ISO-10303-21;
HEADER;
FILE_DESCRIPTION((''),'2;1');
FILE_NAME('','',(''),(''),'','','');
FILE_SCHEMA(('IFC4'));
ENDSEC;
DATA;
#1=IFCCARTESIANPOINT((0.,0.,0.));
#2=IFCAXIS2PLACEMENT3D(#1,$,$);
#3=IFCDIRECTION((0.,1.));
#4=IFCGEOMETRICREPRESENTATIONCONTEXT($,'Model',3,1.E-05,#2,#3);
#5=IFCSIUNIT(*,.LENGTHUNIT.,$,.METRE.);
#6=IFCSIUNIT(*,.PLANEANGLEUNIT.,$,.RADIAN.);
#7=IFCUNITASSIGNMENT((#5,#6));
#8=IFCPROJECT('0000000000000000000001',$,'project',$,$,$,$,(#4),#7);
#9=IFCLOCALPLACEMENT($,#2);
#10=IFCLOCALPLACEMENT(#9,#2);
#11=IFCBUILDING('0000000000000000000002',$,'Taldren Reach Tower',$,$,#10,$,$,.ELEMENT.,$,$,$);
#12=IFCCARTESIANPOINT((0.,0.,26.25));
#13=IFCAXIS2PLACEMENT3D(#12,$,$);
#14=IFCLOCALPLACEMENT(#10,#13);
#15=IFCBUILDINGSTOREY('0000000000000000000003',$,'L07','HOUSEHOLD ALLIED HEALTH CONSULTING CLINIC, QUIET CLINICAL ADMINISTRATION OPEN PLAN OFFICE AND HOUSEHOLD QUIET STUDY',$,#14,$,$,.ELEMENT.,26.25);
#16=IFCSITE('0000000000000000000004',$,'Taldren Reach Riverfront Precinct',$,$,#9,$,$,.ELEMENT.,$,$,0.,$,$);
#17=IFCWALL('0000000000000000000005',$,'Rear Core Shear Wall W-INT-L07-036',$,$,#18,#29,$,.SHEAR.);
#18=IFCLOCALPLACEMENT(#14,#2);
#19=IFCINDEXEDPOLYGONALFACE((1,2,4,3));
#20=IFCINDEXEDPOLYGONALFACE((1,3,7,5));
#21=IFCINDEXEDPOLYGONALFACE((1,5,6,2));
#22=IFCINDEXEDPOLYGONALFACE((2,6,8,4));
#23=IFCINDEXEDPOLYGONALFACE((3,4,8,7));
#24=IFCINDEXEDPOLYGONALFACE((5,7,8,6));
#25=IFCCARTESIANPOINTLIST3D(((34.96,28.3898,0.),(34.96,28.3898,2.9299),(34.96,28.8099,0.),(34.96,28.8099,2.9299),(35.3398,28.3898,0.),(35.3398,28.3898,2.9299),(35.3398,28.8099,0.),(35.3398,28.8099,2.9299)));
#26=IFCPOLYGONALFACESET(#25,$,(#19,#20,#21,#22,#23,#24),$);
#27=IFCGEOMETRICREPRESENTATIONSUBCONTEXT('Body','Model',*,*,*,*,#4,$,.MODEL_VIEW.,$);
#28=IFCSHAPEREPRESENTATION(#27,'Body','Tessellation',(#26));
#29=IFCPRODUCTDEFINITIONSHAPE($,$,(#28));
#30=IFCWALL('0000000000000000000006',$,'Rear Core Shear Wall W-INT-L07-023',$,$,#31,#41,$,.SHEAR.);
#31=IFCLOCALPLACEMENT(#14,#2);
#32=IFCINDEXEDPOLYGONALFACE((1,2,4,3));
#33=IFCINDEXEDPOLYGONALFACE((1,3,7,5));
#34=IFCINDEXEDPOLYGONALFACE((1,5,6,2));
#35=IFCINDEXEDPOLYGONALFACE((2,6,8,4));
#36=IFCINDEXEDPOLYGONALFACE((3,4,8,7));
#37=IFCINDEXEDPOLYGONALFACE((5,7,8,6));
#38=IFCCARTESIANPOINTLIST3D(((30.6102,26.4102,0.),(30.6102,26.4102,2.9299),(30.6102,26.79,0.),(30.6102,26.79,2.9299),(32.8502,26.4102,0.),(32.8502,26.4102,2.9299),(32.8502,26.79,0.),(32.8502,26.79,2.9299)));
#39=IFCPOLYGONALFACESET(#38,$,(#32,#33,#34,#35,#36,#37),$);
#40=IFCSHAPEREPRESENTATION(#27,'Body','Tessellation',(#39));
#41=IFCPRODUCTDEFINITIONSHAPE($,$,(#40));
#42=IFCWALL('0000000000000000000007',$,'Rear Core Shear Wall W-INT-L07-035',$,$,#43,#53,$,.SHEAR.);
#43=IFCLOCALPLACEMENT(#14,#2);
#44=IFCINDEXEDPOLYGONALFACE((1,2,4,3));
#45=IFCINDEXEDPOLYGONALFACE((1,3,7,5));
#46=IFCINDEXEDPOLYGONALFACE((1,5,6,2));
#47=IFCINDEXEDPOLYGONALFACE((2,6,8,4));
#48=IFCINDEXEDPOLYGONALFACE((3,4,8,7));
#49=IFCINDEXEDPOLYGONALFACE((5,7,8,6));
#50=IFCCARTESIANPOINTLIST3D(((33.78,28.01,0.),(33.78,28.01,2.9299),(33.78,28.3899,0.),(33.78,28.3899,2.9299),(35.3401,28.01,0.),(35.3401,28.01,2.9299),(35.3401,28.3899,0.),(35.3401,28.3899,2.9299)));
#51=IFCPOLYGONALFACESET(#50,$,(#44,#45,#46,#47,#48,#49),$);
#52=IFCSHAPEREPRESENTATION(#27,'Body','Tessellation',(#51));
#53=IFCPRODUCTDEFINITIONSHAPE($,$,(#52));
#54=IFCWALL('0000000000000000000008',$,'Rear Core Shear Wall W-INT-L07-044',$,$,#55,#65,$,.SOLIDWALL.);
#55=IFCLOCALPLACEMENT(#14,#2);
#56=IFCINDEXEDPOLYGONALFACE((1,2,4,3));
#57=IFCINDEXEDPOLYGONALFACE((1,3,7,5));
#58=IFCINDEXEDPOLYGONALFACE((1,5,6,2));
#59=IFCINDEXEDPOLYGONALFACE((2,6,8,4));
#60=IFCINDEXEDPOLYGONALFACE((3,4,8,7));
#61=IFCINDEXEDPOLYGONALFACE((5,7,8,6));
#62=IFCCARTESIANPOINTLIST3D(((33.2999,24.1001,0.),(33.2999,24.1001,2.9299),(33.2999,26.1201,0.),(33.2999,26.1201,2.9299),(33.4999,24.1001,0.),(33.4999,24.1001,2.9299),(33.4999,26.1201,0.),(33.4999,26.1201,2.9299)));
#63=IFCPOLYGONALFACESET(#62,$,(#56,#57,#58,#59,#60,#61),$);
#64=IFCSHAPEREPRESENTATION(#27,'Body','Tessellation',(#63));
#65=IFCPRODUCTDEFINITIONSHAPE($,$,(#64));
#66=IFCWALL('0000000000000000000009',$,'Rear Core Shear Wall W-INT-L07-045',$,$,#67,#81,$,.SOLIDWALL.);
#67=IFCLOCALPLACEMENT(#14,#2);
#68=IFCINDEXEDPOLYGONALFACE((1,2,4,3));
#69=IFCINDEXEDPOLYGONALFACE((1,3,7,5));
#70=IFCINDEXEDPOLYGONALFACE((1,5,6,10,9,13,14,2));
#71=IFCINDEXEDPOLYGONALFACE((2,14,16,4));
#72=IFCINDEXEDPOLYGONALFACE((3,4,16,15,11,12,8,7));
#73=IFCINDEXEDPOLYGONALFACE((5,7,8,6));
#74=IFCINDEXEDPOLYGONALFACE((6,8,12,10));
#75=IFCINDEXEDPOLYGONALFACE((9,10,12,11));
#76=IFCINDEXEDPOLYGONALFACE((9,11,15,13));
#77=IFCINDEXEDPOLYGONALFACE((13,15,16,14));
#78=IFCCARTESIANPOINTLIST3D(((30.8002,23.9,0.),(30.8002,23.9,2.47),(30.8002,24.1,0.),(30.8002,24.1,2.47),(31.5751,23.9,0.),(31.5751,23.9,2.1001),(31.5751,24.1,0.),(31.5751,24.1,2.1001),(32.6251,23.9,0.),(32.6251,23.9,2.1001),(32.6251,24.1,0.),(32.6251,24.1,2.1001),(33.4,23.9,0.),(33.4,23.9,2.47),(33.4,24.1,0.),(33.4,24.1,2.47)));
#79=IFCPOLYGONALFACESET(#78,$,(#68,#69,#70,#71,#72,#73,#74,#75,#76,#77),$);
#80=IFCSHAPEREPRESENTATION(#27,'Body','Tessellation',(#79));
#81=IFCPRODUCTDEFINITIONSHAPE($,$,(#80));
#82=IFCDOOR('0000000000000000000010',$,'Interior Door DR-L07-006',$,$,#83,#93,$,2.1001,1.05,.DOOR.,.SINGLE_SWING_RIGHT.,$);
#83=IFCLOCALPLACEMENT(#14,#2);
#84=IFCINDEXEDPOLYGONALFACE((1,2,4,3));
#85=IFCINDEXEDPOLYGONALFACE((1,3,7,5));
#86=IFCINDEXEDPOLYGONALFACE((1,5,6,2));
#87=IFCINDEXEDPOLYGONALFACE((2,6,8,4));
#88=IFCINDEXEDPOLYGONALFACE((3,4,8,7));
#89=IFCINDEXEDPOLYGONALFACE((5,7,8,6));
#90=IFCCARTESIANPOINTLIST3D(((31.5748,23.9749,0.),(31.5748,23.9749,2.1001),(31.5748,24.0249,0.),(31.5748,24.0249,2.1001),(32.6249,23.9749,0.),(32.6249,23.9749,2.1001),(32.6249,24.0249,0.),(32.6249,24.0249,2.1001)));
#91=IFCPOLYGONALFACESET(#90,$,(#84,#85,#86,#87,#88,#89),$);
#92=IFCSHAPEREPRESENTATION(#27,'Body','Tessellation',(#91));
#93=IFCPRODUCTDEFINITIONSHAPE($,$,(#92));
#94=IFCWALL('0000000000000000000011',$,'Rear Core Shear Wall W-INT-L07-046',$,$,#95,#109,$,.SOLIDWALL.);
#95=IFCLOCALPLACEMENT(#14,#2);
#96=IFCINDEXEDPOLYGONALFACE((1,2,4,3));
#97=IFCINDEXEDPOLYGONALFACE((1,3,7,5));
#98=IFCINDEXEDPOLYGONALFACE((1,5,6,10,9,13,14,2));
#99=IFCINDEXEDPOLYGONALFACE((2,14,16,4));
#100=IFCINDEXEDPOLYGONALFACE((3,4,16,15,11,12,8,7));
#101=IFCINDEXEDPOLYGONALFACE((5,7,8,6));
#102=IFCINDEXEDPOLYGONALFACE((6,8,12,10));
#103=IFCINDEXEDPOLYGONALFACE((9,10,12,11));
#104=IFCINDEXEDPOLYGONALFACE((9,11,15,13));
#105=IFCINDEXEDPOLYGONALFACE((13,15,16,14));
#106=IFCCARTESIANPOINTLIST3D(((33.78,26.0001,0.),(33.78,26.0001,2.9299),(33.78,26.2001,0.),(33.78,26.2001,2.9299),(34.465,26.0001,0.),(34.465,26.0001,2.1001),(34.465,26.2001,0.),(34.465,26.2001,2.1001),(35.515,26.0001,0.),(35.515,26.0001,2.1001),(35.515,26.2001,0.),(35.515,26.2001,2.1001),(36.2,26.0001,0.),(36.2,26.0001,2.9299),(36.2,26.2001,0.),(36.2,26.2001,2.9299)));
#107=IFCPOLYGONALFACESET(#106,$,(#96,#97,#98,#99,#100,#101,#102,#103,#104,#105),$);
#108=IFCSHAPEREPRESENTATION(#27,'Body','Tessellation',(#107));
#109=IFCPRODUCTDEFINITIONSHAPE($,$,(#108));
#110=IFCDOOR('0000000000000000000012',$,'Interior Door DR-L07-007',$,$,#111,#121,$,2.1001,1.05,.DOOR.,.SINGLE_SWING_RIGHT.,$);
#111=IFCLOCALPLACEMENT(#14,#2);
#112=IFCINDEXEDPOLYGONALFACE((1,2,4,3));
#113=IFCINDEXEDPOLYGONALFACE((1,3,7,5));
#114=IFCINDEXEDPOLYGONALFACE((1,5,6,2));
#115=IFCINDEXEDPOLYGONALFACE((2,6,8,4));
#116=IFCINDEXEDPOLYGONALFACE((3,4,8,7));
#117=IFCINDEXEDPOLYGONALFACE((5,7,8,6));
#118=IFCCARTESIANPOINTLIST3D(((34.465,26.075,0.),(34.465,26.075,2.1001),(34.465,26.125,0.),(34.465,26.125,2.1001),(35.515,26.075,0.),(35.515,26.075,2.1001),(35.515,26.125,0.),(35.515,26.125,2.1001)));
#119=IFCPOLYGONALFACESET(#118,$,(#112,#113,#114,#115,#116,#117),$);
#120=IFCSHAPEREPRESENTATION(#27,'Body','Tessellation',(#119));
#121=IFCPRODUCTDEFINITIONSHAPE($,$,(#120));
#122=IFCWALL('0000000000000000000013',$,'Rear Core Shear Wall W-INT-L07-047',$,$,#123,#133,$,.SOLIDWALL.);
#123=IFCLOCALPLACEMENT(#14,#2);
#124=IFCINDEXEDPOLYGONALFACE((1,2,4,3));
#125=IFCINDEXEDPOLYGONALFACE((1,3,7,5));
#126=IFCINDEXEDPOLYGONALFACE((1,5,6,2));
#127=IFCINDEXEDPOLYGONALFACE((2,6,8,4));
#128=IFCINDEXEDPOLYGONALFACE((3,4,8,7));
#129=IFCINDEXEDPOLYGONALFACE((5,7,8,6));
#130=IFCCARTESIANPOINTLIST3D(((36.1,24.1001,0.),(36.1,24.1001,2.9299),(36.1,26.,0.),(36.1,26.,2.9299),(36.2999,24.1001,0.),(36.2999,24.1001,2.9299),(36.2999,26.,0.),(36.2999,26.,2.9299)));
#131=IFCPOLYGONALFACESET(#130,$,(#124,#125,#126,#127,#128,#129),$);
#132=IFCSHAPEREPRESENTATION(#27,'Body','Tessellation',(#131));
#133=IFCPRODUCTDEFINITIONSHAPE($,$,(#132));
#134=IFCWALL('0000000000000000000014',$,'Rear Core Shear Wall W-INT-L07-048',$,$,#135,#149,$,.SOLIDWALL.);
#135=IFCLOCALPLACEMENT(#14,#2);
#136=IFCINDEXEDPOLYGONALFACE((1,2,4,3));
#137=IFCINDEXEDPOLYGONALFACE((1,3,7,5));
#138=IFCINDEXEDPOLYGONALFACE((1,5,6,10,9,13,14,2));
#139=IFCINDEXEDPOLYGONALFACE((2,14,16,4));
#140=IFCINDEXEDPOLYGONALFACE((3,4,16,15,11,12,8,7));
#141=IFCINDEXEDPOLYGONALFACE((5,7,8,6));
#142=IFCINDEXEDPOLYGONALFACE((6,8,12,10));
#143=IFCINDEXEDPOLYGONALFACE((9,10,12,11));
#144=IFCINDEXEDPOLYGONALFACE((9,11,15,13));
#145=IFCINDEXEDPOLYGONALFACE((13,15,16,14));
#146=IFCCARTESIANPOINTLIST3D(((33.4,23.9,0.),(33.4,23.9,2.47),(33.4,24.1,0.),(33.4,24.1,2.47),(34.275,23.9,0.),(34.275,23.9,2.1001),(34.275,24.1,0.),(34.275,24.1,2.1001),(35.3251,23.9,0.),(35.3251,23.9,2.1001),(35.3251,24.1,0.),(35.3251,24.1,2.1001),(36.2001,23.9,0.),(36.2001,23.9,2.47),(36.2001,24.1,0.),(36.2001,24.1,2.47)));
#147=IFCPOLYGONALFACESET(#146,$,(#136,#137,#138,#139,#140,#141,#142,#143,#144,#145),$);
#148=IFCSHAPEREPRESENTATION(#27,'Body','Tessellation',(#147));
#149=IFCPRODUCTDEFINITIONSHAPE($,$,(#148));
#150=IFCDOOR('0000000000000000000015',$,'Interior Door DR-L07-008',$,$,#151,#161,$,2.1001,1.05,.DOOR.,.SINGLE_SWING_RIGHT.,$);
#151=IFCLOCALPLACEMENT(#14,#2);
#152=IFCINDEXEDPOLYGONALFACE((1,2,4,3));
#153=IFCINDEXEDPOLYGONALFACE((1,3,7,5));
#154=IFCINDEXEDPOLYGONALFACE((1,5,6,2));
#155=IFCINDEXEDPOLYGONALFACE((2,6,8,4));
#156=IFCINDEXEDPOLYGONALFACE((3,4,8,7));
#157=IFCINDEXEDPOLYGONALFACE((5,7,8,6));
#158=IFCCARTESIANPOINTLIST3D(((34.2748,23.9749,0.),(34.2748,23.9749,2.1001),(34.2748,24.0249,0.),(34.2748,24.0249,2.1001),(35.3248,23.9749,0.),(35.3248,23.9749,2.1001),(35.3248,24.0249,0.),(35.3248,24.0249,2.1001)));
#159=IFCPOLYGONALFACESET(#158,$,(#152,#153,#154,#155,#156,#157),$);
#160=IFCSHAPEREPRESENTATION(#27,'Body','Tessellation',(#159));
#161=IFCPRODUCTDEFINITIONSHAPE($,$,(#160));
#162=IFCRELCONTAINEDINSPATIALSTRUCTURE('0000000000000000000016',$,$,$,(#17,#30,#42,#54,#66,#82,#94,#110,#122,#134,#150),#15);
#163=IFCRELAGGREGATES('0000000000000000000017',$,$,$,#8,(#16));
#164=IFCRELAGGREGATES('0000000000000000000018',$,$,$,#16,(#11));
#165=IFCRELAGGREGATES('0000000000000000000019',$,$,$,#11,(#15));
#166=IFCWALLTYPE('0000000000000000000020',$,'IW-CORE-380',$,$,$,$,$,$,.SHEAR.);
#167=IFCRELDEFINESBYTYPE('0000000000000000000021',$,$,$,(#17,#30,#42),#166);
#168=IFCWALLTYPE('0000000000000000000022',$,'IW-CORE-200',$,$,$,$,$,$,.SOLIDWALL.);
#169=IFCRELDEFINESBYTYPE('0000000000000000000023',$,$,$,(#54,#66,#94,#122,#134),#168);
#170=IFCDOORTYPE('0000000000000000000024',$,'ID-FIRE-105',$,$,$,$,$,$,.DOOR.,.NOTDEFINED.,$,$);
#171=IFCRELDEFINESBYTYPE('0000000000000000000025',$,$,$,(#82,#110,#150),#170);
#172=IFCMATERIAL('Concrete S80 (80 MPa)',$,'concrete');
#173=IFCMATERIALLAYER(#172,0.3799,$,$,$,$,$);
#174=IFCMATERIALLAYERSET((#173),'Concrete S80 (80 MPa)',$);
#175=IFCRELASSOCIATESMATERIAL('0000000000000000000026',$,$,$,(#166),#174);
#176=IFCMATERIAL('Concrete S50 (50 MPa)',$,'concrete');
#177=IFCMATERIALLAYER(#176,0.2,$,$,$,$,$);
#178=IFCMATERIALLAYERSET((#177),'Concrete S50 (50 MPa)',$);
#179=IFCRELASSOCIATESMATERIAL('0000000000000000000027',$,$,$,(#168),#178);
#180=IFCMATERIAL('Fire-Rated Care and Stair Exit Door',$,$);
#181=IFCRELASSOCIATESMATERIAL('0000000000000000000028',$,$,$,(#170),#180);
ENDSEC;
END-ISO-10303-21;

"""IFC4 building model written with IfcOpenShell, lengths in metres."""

from ifc_helpers import new_model, si_unit, direction, frame, frame_2d, origin, place, context, subcontext, project, spatial, rectangle, extrude, source, transform, mapped, material, layer, layer_set, type_object, element, fill, save


model = new_model("IFC4")

# Units and contexts
model_context = context("Model", 3, precision=1e-05, world=origin(), true_north=direction((0.0, 1.0)))
body_context = subcontext(model_context, "Body", "Model", "MODEL_VIEW")
ifc_project = project(units=[si_unit("LENGTHUNIT", "METRE"), si_unit("PLANEANGLEUNIT", "RADIAN")], contexts=[model_context])

# Site, building, storey
site_placement = place(None, origin())
site = spatial("IfcSite", under=ifc_project, at=site_placement, Name="Taldren Reach Riverfront Precinct", CompositionType="ELEMENT", RefElevation=0.0)
building_placement = place(site_placement, origin())
building = spatial("IfcBuilding", under=site, at=building_placement, Name="Taldren Reach Tower", CompositionType="ELEMENT")
storey_placement = place(building_placement, frame((0.0, 0.0, 26.25)))
storey = spatial("IfcBuildingStorey", under=building, at=storey_placement, Name="L07", Description="HOUSEHOLD ALLIED HEALTH CONSULTING CLINIC, QUIET CLINICAL ADMINISTRATION OPEN PLAN OFFICE AND HOUSEHOLD QUIET STUDY", CompositionType="ELEMENT", Elevation=26.25)

# Shared definitions
ifc_material_1 = material(Name="Concrete S80 (80 MPa)", Category="concrete")
ifc_layer_1 = layer(ifc_material_1, 0.3799)
ifc_layer_set_1 = layer_set([ifc_layer_1], Name="Concrete S80 (80 MPa)")
wall_type_1 = type_object("IfcWallType", Name="IW-CORE-380", PredefinedType="SHEAR", material=ifc_layer_set_1)

# Shared definitions
ifc_material_2 = material(Name="Concrete S50 (50 MPa)", Category="concrete")
ifc_layer_2 = layer(ifc_material_2, 0.2)
ifc_layer_set_2 = layer_set([ifc_layer_2], Name="Concrete S50 (50 MPa)")
wall_type_2 = type_object("IfcWallType", Name="IW-CORE-200", PredefinedType="SOLIDWALL", material=ifc_layer_set_2)

# Shared definitions
shared_shape_1 = source(origin(), body_context, "Body", "SweptSolid", [
    extrude(rectangle(XDim=1.05, YDim=2.1001, at=frame_2d((0.5249, 1.05))), frame((0.0, 0.1099, 0.0), z_axis=(0.0, -1.0, 0.0), x_axis=(1.0, 0.0, 0.0)), (0.0, 0.0, 1.0), 0.22),
])
ifc_material_3 = material(Name="Fire-Rated Care and Stair Exit Door")
door_type_1 = type_object("IfcDoorType", Name="ID-FIRE-105", OperationType="NOTDEFINED", PredefinedType="DOOR", material=ifc_material_3)
shared_shape_2 = source(origin(), body_context, "Body", "SweptSolid", [
    extrude(rectangle(XDim=1.05, YDim=2.1001, at=frame_2d((0.5249, 1.05))), frame((0.0, 0.0249, 0.0), z_axis=(0.0, -1.0, 0.0), x_axis=(1.0, 0.0, 0.0)), (0.0, 0.0, 1.0), 0.05),
])

# Walls
shared_shape_3 = source(origin(), body_context, "Body", "SweptSolid", [
    extrude(rectangle(XDim=0.4202, YDim=0.3799, at=frame_2d((0.21, 0.0))), origin(), (0.0, 0.0, 1.0), 2.9299),
])
wall_1_placement = place(storey_placement, frame((35.1499, 28.3899, 0.0), z_axis=(0.0, 0.0, 1.0), x_axis=(0.0, 1.0, 0.0)))
element("IfcWall", 1, at=wall_1_placement, inside=storey, type_object=wall_type_1, Name="Rear Core Shear Wall W-INT-L07-036", PredefinedType="SHEAR", context=body_context, shape_type="MappedRepresentation", body=[
    mapped(shared_shape_3, transform((0.0, 0.0, 0.0), scale=1.0)),
])
shared_shape_4 = source(origin(), body_context, "Body", "SweptSolid", [
    extrude(rectangle(XDim=2.24, YDim=0.3799, at=frame_2d((1.1201, 0.0))), origin(), (0.0, 0.0, 1.0), 2.9299),
])
wall_2_placement = place(storey_placement, frame((30.6101, 26.6001, 0.0), z_axis=(0.0, 0.0, 1.0), x_axis=(1.0, 0.0, 0.0)))
element("IfcWall", 2, at=wall_2_placement, inside=storey, type_object=wall_type_1, Name="Rear Core Shear Wall W-INT-L07-023", PredefinedType="SHEAR", context=body_context, shape_type="MappedRepresentation", body=[
    mapped(shared_shape_4, transform((0.0, 0.0, 0.0), scale=1.0)),
])
shared_shape_5 = source(origin(), body_context, "Body", "SweptSolid", [
    extrude(rectangle(XDim=1.5601, YDim=0.3799, at=frame_2d((0.78, 0.0))), origin(), (0.0, 0.0, 1.0), 2.9299),
])
wall_3_placement = place(storey_placement, frame((33.78, 28.2, 0.0), z_axis=(0.0, 0.0, 1.0), x_axis=(1.0, 0.0, 0.0)))
element("IfcWall", 3, at=wall_3_placement, inside=storey, type_object=wall_type_1, Name="Rear Core Shear Wall W-INT-L07-035", PredefinedType="SHEAR", context=body_context, shape_type="MappedRepresentation", body=[
    mapped(shared_shape_5, transform((0.0, 0.0, 0.0), scale=1.0)),
])
shared_shape_6 = source(origin(), body_context, "Body", "SweptSolid", [
    extrude(rectangle(XDim=2.02, YDim=0.2, at=frame_2d((1.01, 0.0))), origin(), (0.0, 0.0, 1.0), 2.9299),
])
wall_4_placement = place(storey_placement, frame((33.3999, 26.1201, 0.0), z_axis=(0.0, 0.0, 1.0), x_axis=(0.0, -1.0, 0.0)))
element("IfcWall", 4, at=wall_4_placement, inside=storey, type_object=wall_type_2, Name="Rear Core Shear Wall W-INT-L07-044", PredefinedType="SOLIDWALL", context=body_context, shape_type="MappedRepresentation", body=[
    mapped(shared_shape_6, transform((0.0, 0.0, 0.0), scale=1.0)),
])

# Walls, openings, doors
shared_shape_7 = source(origin(), body_context, "Body", "SweptSolid", [
    extrude(rectangle(XDim=2.5999, YDim=0.2, at=frame_2d((1.2998, 0.0))), origin(), (0.0, 0.0, 1.0), 2.47),
])
wall_5_placement = place(storey_placement, frame((33.3999, 24.0, 0.0), z_axis=(0.0, 0.0, 1.0), x_axis=(-1.0, 0.0, 0.0)))
wall_5 = element("IfcWall", 5, at=wall_5_placement, inside=storey, type_object=wall_type_2, Name="Rear Core Shear Wall W-INT-L07-045", PredefinedType="SOLIDWALL", context=body_context, shape_type="MappedRepresentation", body=[
    mapped(shared_shape_7, transform((0.0, 0.0, 0.0), scale=1.0)),
])
opening_1_placement = place(wall_5_placement, frame((0.7749, 0.0, 0.0)))
opening_1 = element("IfcOpeningElement", 6, at=opening_1_placement, cuts=wall_5, PredefinedType="OPENING", context=body_context, shape_type="MappedRepresentation", body=[
    mapped(shared_shape_1, transform((0.0, 0.0, 0.0), scale=1.0)),
])
door_1_placement = place(opening_1_placement, frame((1.05, 0.0, 0.0), z_axis=(0.0, 0.0, 1.0), x_axis=(-1.0, 0.0, 0.0)))
door_1 = element("IfcDoor", 7, at=door_1_placement, inside=storey, type_object=door_type_1, Name="Interior Door DR-L07-006", OperationType="SINGLE_SWING_RIGHT", OverallHeight=2.1001, OverallWidth=1.05, PredefinedType="DOOR", context=body_context, shape_type="MappedRepresentation", body=[
    mapped(shared_shape_2, transform((0.0, 0.0, 0.0), scale=1.0)),
])
fill(opening_1, door_1)
shared_shape_8 = source(origin(), body_context, "Body", "SweptSolid", [
    extrude(rectangle(XDim=2.4199, YDim=0.2, at=frame_2d((1.21, 0.0))), origin(), (0.0, 0.0, 1.0), 2.9299),
])
wall_6_placement = place(storey_placement, frame((33.78, 26.1001, 0.0), z_axis=(0.0, 0.0, 1.0), x_axis=(1.0, 0.0, 0.0)))
wall_6 = element("IfcWall", 8, at=wall_6_placement, inside=storey, type_object=wall_type_2, Name="Rear Core Shear Wall W-INT-L07-046", PredefinedType="SOLIDWALL", context=body_context, shape_type="MappedRepresentation", body=[
    mapped(shared_shape_8, transform((0.0, 0.0, 0.0), scale=1.0)),
])
opening_2_placement = place(wall_6_placement, frame((0.6851, 0.0, 0.0)))
opening_2 = element("IfcOpeningElement", 9, at=opening_2_placement, cuts=wall_6, PredefinedType="OPENING", context=body_context, shape_type="MappedRepresentation", body=[
    mapped(shared_shape_1, transform((0.0, 0.0, 0.0), scale=1.0)),
])
door_2_placement = place(opening_2_placement, origin())
door_2 = element("IfcDoor", 10, at=door_2_placement, inside=storey, type_object=door_type_1, Name="Interior Door DR-L07-007", OperationType="SINGLE_SWING_RIGHT", OverallHeight=2.1001, OverallWidth=1.05, PredefinedType="DOOR", context=body_context, shape_type="MappedRepresentation", body=[
    mapped(shared_shape_2, transform((0.0, 0.0, 0.0), scale=1.0)),
])
fill(opening_2, door_2)

# Wall
shared_shape_9 = source(origin(), body_context, "Body", "SweptSolid", [
    extrude(rectangle(XDim=1.8999, YDim=0.2, at=frame_2d((0.95, 0.0))), origin(), (0.0, 0.0, 1.0), 2.9299),
])
wall_7_placement = place(storey_placement, frame((36.2, 26.0, 0.0), z_axis=(0.0, 0.0, 1.0), x_axis=(0.0, -1.0, 0.0)))
element("IfcWall", 11, at=wall_7_placement, inside=storey, type_object=wall_type_2, Name="Rear Core Shear Wall W-INT-L07-047", PredefinedType="SOLIDWALL", context=body_context, shape_type="MappedRepresentation", body=[
    mapped(shared_shape_9, transform((0.0, 0.0, 0.0), scale=1.0)),
])

# Wall, opening, door
shared_shape_10 = source(origin(), body_context, "Body", "SweptSolid", [
    extrude(rectangle(XDim=2.8, YDim=0.2, at=frame_2d((1.3999, 0.0))), origin(), (0.0, 0.0, 1.0), 2.47),
])
wall_8_placement = place(storey_placement, frame((36.2, 24.0, 0.0), z_axis=(0.0, 0.0, 1.0), x_axis=(-1.0, 0.0, 0.0)))
wall_8 = element("IfcWall", 12, at=wall_8_placement, inside=storey, type_object=wall_type_2, Name="Rear Core Shear Wall W-INT-L07-048", PredefinedType="SOLIDWALL", context=body_context, shape_type="MappedRepresentation", body=[
    mapped(shared_shape_10, transform((0.0, 0.0, 0.0), scale=1.0)),
])
opening_3_placement = place(wall_8_placement, frame((0.875, 0.0, 0.0)))
opening_3 = element("IfcOpeningElement", 13, at=opening_3_placement, cuts=wall_8, PredefinedType="OPENING", context=body_context, shape_type="MappedRepresentation", body=[
    mapped(shared_shape_1, transform((0.0, 0.0, 0.0), scale=1.0)),
])
door_3_placement = place(opening_3_placement, frame((1.05, 0.0, 0.0), z_axis=(0.0, 0.0, 1.0), x_axis=(-1.0, 0.0, 0.0)))
door_3 = element("IfcDoor", 14, at=door_3_placement, inside=storey, type_object=door_type_1, Name="Interior Door DR-L07-008", OperationType="SINGLE_SWING_RIGHT", OverallHeight=2.1001, OverallWidth=1.05, PredefinedType="DOOR", context=body_context, shape_type="MappedRepresentation", body=[
    mapped(shared_shape_2, transform((0.0, 0.0, 0.0), scale=1.0)),
])
fill(opening_3, door_3)

save(model, "model.ifc")
